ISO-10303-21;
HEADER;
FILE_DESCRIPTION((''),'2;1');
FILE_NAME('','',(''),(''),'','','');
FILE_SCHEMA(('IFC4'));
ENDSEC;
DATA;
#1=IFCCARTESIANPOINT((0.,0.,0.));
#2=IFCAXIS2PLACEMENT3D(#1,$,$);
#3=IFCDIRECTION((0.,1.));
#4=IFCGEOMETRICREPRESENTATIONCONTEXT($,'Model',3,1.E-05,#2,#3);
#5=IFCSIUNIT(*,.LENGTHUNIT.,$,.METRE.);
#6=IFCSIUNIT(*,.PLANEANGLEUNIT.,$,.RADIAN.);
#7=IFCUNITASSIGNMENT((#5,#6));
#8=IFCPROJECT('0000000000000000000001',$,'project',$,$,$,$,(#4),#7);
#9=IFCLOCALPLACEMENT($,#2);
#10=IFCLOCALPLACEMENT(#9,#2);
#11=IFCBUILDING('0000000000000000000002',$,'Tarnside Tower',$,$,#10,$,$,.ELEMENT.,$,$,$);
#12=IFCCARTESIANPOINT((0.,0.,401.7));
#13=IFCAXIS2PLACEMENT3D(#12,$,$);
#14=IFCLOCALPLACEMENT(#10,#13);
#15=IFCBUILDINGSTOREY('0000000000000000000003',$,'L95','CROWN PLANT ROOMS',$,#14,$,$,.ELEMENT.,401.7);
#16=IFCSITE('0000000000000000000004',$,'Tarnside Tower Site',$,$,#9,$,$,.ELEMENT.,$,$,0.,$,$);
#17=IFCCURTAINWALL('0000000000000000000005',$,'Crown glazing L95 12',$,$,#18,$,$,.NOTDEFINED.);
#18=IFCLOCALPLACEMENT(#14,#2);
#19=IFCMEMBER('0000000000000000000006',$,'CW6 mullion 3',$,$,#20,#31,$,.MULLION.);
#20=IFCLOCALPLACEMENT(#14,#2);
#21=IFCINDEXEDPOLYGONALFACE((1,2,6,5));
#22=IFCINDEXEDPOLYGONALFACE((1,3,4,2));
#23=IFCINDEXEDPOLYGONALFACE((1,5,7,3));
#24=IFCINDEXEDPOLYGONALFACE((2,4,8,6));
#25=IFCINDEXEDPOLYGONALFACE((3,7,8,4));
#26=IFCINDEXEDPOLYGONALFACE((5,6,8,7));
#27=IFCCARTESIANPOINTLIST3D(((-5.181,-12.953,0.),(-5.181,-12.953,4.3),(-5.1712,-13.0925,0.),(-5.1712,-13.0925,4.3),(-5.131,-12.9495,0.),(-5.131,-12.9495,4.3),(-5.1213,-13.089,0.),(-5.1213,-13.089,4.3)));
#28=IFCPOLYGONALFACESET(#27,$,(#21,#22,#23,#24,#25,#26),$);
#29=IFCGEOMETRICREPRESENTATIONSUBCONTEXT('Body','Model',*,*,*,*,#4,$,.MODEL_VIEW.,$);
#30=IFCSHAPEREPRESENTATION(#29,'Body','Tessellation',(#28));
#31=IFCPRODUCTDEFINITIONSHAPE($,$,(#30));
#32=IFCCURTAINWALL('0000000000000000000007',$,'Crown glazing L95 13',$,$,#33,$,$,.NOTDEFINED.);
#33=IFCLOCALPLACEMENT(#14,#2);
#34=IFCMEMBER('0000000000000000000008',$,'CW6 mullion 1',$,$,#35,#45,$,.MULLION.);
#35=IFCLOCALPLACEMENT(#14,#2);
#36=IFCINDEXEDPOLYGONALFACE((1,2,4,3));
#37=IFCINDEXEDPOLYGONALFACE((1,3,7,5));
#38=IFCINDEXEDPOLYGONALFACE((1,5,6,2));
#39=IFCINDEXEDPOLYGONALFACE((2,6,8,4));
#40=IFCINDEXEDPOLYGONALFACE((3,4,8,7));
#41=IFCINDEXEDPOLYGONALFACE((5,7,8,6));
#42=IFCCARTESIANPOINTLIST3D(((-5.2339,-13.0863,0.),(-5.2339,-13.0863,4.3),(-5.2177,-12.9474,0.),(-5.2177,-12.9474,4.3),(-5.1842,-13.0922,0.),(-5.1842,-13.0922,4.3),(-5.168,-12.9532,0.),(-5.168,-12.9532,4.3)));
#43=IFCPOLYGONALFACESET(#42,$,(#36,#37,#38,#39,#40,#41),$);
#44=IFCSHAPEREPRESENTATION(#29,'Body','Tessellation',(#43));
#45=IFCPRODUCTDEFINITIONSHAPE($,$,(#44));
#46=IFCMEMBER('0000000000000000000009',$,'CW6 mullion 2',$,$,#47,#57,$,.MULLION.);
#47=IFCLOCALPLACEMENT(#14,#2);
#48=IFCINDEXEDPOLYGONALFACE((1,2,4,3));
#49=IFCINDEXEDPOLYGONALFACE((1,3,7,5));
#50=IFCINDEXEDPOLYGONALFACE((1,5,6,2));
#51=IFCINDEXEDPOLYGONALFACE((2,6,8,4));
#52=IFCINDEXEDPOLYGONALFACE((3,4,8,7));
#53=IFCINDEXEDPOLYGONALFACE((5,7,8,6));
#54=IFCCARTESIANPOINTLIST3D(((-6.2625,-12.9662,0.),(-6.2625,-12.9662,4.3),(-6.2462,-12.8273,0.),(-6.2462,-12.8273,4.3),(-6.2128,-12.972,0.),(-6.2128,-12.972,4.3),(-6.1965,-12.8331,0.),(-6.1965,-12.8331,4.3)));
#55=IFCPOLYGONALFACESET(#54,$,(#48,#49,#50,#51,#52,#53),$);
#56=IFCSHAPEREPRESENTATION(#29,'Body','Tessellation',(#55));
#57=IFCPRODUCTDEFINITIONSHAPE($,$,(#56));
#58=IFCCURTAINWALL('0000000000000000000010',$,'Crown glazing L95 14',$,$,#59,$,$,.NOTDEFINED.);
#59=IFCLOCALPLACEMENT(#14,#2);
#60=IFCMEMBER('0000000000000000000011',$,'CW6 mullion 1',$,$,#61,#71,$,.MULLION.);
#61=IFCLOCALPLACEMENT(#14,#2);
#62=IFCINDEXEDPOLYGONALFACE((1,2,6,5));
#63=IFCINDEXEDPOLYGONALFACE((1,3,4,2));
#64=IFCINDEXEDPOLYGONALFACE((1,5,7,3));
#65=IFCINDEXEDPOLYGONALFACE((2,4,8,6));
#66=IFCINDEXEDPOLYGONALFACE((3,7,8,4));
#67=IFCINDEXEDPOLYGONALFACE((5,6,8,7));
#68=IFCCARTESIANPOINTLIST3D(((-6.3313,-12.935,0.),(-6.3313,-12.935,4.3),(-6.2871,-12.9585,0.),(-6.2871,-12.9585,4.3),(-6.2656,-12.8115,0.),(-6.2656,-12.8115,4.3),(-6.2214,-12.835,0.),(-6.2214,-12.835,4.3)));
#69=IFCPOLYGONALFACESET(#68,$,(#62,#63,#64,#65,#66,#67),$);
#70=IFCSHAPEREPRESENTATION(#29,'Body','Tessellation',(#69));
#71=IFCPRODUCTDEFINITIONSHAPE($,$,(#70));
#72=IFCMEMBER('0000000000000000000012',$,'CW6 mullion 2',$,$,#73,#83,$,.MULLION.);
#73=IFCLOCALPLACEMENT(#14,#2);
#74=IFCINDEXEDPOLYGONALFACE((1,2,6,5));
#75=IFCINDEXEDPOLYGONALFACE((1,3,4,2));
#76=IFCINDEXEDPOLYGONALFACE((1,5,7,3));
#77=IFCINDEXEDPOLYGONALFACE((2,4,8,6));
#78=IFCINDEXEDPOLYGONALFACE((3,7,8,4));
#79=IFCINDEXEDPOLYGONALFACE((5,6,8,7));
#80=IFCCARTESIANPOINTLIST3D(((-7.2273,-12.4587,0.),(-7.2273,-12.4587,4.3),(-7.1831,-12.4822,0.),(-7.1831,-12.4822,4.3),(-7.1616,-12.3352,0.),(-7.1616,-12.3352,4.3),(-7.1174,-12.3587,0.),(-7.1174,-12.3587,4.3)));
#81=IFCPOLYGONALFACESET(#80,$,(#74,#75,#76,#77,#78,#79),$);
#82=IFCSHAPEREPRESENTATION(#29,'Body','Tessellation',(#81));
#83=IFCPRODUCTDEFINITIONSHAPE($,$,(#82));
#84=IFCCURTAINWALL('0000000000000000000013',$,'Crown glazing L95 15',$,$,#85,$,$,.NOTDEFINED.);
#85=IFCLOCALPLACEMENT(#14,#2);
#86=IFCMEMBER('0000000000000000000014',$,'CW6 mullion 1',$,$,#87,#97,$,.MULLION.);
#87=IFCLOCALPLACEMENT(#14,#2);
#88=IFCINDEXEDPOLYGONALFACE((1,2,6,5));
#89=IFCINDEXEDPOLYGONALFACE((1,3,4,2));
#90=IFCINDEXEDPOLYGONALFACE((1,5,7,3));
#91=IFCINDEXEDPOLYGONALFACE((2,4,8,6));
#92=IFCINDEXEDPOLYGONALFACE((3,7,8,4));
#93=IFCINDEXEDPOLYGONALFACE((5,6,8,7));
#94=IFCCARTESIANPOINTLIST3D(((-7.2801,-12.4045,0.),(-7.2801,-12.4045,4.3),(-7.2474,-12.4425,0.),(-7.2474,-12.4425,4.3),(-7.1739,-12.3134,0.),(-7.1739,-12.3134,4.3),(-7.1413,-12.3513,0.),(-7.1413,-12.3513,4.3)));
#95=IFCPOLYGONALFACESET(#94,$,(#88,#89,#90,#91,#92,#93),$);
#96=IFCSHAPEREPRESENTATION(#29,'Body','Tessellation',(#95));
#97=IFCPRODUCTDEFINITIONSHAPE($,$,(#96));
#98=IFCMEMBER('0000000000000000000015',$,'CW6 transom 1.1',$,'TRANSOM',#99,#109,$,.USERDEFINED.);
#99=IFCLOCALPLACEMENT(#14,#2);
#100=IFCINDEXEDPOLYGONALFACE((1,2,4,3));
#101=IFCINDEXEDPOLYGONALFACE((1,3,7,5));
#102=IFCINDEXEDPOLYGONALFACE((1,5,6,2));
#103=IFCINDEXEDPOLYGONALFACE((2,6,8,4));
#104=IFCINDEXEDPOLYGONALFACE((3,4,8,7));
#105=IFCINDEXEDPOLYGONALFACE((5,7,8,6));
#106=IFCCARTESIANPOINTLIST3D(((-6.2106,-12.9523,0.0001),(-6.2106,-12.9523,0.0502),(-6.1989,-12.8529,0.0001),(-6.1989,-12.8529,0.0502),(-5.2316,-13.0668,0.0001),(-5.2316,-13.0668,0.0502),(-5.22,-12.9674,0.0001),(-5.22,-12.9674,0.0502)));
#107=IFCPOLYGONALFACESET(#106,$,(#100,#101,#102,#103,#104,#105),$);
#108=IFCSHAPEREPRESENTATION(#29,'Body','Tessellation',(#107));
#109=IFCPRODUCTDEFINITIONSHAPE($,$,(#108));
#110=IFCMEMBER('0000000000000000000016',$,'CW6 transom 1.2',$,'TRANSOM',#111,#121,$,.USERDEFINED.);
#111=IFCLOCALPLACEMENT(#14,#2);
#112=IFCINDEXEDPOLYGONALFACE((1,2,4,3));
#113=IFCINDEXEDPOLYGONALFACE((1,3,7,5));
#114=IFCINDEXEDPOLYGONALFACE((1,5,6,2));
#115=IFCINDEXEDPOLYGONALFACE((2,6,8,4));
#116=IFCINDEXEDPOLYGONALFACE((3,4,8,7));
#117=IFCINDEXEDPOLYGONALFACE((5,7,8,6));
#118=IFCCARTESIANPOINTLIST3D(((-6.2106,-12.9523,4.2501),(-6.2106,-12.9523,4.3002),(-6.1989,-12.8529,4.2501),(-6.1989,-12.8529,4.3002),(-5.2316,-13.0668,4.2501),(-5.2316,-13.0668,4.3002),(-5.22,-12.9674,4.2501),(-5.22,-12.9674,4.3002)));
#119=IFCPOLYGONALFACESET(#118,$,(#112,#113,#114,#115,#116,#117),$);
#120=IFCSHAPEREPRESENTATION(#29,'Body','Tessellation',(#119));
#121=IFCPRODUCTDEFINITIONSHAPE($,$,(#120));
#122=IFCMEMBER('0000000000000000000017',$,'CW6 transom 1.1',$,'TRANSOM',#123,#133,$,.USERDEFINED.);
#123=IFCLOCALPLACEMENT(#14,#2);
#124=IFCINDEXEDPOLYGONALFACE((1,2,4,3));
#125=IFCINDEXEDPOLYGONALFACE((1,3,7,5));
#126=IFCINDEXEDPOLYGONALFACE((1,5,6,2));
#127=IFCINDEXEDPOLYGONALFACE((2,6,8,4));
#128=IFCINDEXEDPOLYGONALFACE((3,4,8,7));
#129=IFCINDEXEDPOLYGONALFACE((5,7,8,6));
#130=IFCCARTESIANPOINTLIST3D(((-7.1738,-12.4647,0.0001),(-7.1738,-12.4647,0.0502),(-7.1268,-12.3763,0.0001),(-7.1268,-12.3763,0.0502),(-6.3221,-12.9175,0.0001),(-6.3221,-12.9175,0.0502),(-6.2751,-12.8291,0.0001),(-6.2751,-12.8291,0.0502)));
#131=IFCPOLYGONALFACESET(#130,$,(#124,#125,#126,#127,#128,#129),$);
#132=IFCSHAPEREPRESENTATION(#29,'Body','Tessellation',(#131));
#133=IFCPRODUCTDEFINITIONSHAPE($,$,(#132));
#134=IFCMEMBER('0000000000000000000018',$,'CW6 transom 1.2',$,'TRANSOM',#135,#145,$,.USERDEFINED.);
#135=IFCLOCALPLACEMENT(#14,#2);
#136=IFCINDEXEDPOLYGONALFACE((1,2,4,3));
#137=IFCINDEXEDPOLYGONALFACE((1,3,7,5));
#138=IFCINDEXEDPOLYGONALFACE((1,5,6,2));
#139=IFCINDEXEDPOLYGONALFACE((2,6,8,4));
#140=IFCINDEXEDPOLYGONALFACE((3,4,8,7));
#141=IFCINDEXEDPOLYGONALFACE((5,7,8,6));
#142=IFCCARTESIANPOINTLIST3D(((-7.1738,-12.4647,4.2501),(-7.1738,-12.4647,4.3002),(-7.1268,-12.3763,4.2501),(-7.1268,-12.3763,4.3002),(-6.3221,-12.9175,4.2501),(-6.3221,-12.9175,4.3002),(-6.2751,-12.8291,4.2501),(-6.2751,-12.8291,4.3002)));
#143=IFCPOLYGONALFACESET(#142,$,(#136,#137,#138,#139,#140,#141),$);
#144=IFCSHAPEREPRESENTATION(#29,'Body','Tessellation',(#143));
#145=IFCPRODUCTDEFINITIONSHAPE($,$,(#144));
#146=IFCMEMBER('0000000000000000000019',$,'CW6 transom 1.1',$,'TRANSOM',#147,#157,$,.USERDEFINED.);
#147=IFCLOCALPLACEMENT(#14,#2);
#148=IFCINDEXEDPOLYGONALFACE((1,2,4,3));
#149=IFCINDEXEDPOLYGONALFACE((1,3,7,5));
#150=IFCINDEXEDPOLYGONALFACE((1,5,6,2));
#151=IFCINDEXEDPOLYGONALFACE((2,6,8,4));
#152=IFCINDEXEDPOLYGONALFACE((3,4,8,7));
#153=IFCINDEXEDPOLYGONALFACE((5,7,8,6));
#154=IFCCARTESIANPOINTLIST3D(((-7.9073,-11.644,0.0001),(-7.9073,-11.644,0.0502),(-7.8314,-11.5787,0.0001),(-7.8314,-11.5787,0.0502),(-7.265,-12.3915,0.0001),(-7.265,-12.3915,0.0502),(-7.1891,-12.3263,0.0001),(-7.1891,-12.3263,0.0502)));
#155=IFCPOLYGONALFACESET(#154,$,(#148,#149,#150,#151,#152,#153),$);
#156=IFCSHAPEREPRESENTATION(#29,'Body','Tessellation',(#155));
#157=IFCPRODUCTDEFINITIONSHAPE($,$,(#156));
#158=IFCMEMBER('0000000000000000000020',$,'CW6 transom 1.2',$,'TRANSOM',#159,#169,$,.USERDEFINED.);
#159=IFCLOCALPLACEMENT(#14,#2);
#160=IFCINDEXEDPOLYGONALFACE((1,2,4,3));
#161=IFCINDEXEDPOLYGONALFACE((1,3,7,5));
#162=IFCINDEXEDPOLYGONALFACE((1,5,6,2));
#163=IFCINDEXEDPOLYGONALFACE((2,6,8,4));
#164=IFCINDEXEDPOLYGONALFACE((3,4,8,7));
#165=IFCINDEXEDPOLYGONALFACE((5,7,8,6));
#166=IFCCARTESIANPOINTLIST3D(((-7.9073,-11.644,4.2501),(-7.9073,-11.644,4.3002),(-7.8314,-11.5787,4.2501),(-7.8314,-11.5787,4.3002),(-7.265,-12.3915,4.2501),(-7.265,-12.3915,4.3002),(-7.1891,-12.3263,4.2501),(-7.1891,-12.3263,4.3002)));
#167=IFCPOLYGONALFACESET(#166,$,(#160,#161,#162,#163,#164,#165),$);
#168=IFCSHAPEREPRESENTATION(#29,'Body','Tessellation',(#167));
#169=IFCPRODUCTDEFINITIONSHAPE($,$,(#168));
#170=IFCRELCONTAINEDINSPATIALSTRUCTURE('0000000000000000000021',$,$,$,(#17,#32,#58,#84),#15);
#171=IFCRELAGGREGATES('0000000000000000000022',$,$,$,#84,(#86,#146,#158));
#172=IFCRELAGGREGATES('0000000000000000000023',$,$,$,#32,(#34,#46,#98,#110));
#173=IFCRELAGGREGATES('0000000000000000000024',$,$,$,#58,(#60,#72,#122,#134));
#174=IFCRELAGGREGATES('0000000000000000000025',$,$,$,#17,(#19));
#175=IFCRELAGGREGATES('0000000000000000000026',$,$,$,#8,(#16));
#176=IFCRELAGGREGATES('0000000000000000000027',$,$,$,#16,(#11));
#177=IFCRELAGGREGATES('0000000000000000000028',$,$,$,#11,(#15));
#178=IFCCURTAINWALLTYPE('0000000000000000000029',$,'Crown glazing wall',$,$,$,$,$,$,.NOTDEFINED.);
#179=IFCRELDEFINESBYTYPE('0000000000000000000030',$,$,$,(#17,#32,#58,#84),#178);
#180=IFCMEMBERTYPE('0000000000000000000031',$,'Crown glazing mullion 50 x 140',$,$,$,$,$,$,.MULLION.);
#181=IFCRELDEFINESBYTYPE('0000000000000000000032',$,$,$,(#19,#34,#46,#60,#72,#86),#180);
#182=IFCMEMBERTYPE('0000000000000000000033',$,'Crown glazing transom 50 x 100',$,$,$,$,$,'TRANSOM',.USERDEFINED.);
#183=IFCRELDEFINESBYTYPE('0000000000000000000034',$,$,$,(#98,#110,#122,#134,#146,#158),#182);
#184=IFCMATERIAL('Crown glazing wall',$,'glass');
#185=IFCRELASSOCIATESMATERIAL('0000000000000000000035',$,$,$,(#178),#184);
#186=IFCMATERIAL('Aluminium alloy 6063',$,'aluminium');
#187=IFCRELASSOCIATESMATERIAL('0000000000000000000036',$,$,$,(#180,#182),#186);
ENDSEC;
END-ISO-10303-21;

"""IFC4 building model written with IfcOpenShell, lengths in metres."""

from ifc_helpers import new_model, si_unit, direction, frame, origin, origin_2d, place, context, subcontext, project, spatial, rectangle, extrude, material, material_profile, profile_set, type_object, element, aggregate, save


model = new_model("IFC4")

# Units and contexts
model_context = context("Model", 3, precision=1e-05, world=origin(), true_north=direction((0.0, 1.0)))
body_context = subcontext(model_context, "Body", "Model", "MODEL_VIEW")
ifc_project = project(units=[si_unit("LENGTHUNIT", "METRE"), si_unit("PLANEANGLEUNIT", "RADIAN")], contexts=[model_context])

# Site, building, storey
site_placement = place(None, origin())
site = spatial("IfcSite", under=ifc_project, at=site_placement, Name="Tarnside Tower Site", CompositionType="ELEMENT", RefElevation=0.0)
building_placement = place(site_placement, origin())
building = spatial("IfcBuilding", under=site, at=building_placement, Name="Tarnside Tower", CompositionType="ELEMENT")
storey_placement = place(building_placement, frame((0.0, 0.0, 401.7)))
storey = spatial("IfcBuildingStorey", under=building, at=storey_placement, Name="L95", Description="CROWN PLANT ROOMS", CompositionType="ELEMENT", Elevation=401.7)

# Curtain wall, member
ifc_material_1 = material(Name="Crown glazing wall", Category="glass")
curtain_wall_type = type_object("IfcCurtainWallType", Name="Crown glazing wall", PredefinedType="NOTDEFINED", material=ifc_material_1)
curtain_wall_1_placement = place(storey_placement, origin())
curtain_wall_1 = element("IfcCurtainWall", 1, at=curtain_wall_1_placement, inside=storey, type_object=curtain_wall_type, Name="Crown glazing L95 12", PredefinedType="NOTDEFINED")
ifc_material_2 = material(Name="Aluminium alloy 6063", Category="aluminium")
ifc_material_profile_1 = material_profile(ifc_material_2, rectangle(XDim=0.1399, YDim=0.05, at=origin_2d()), Name="Crown glazing mullion 50 x 140")
ifc_profile_set_1 = profile_set([ifc_material_profile_1], Name="Aluminium alloy 6063")
member_type_1 = type_object("IfcMemberType", Name="Crown glazing mullion 50 x 140", PredefinedType="MULLION", material=ifc_profile_set_1)
member_1_placement = place(storey_placement, frame((-5.1511, -13.021, 0.0), z_axis=(0.0, 0.0, 1.0), x_axis=(0.069756, -0.997564, 0.0)))
member_1 = element("IfcMember", 2, at=member_1_placement, type_object=member_type_1, Name="CW6 mullion 3", PredefinedType="MULLION", context=body_context, shape_type="SweptSolid", body=[
    extrude(rectangle(XDim=0.1399, YDim=0.05, at=origin_2d()), origin(), (0.0, 0.0, 1.0), 4.3),
])

# Curtain walls, members
curtain_wall_2_placement = place(storey_placement, origin())
curtain_wall_2 = element("IfcCurtainWall", 3, at=curtain_wall_2_placement, inside=storey, type_object=curtain_wall_type, Name="Crown glazing L95 13", PredefinedType="NOTDEFINED")
member_2_placement = place(storey_placement, frame((-5.2009, -13.0198, 0.0), z_axis=(0.0, 0.0, 1.0), x_axis=(-0.116093, -0.993238, 0.0)))
member_2 = element("IfcMember", 4, at=member_2_placement, type_object=member_type_1, Name="CW6 mullion 1", PredefinedType="MULLION", context=body_context, shape_type="SweptSolid", body=[
    extrude(rectangle(XDim=0.1399, YDim=0.05, at=origin_2d()), origin(), (0.0, 0.0, 1.0), 4.3),
])
member_3_placement = place(storey_placement, frame((-6.2295, -12.8997, 0.0), z_axis=(0.0, 0.0, 1.0), x_axis=(-0.116093, -0.993238, 0.0)))
member_3 = element("IfcMember", 5, at=member_3_placement, type_object=member_type_1, Name="CW6 mullion 2", PredefinedType="MULLION", context=body_context, shape_type="SweptSolid", body=[
    extrude(rectangle(XDim=0.1399, YDim=0.05, at=origin_2d()), origin(), (0.0, 0.0, 1.0), 4.3),
])
curtain_wall_3_placement = place(storey_placement, origin())
curtain_wall_3 = element("IfcCurtainWall", 6, at=curtain_wall_3_placement, inside=storey, type_object=curtain_wall_type, Name="Crown glazing L95 14", PredefinedType="NOTDEFINED")
member_4_placement = place(storey_placement, frame((-6.2764, -12.885, 0.0), z_axis=(0.0, 0.0, 1.0), x_axis=(-0.469472, -0.882948, 0.0)))
member_4 = element("IfcMember", 7, at=member_4_placement, type_object=member_type_1, Name="CW6 mullion 1", PredefinedType="MULLION", context=body_context, shape_type="SweptSolid", body=[
    extrude(rectangle(XDim=0.1399, YDim=0.05, at=origin_2d()), origin(), (0.0, 0.0, 1.0), 4.3),
])
member_5_placement = place(storey_placement, frame((-7.1724, -12.4087, 0.0), z_axis=(0.0, 0.0, 1.0), x_axis=(-0.469472, -0.882948, 0.0)))
member_5 = element("IfcMember", 8, at=member_5_placement, type_object=member_type_1, Name="CW6 mullion 2", PredefinedType="MULLION", context=body_context, shape_type="SweptSolid", body=[
    extrude(rectangle(XDim=0.1399, YDim=0.05, at=origin_2d()), origin(), (0.0, 0.0, 1.0), 4.3),
])

# Curtain wall, member
curtain_wall_4_placement = place(storey_placement, origin())
curtain_wall_4 = element("IfcCurtainWall", 9, at=curtain_wall_4_placement, inside=storey, type_object=curtain_wall_type, Name="Crown glazing L95 15", PredefinedType="NOTDEFINED")
member_6_placement = place(storey_placement, frame((-7.2107, -12.3779, 0.0), z_axis=(0.0, 0.0, 1.0), x_axis=(-0.758514, -0.651657, 0.0)))
member_6 = element("IfcMember", 10, at=member_6_placement, type_object=member_type_1, Name="CW6 mullion 1", PredefinedType="MULLION", context=body_context, shape_type="SweptSolid", body=[
    extrude(rectangle(XDim=0.1399, YDim=0.05, at=origin_2d()), origin(), (0.0, 0.0, 1.0), 4.3),
])

# Members
ifc_material_profile_2 = material_profile(ifc_material_2, rectangle(XDim=0.1001, YDim=0.05, at=origin_2d()), Name="Crown glazing transom 50 x 100")
ifc_profile_set_2 = profile_set([ifc_material_profile_2], Name="Aluminium alloy 6063")
member_type_2 = type_object("IfcMemberType", Name="Crown glazing transom 50 x 100", ElementType="TRANSOM", PredefinedType="USERDEFINED", material=ifc_profile_set_2)
member_7_placement = place(storey_placement, frame((-5.2258, -13.0171, 0.0251), z_axis=(-0.99323, 0.116166, 0.0), x_axis=(-0.116166, -0.99323, 0.0)))
member_7 = element("IfcMember", 11, at=member_7_placement, type_object=member_type_2, Name="CW6 transom 1.1", ObjectType="TRANSOM", PredefinedType="USERDEFINED", context=body_context, shape_type="SweptSolid", body=[
    extrude(rectangle(XDim=0.1001, YDim=0.05, at=origin_2d()), origin(), (0.0, 0.0, 1.0), 0.9856),
])
member_8_placement = place(storey_placement, frame((-5.2258, -13.0171, 4.2751), z_axis=(-0.99323, 0.116166, 0.0), x_axis=(-0.116166, -0.99323, 0.0)))
member_8 = element("IfcMember", 12, at=member_8_placement, type_object=member_type_2, Name="CW6 transom 1.2", ObjectType="TRANSOM", PredefinedType="USERDEFINED", context=body_context, shape_type="SweptSolid", body=[
    extrude(rectangle(XDim=0.1001, YDim=0.05, at=origin_2d()), origin(), (0.0, 0.0, 1.0), 0.9856),
])
member_9_placement = place(storey_placement, frame((-6.2986, -12.8733, 0.0251), z_axis=(-0.882962, 0.469445, 0.0), x_axis=(-0.469445, -0.882962, 0.0)))
member_9 = element("IfcMember", 13, at=member_9_placement, type_object=member_type_2, Name="CW6 transom 1.1", ObjectType="TRANSOM", PredefinedType="USERDEFINED", context=body_context, shape_type="SweptSolid", body=[
    extrude(rectangle(XDim=0.1001, YDim=0.05, at=origin_2d()), origin(), (0.0, 0.0, 1.0), 0.9646),
])
member_10_placement = place(storey_placement, frame((-6.2986, -12.8733, 4.2751), z_axis=(-0.882962, 0.469445, 0.0), x_axis=(-0.469445, -0.882962, 0.0)))
member_10 = element("IfcMember", 14, at=member_10_placement, type_object=member_type_2, Name="CW6 transom 1.2", ObjectType="TRANSOM", PredefinedType="USERDEFINED", context=body_context, shape_type="SweptSolid", body=[
    extrude(rectangle(XDim=0.1001, YDim=0.05, at=origin_2d()), origin(), (0.0, 0.0, 1.0), 0.9646),
])
member_11_placement = place(storey_placement, frame((-7.2271, -12.3589, 0.0251), z_axis=(-0.651709, 0.758469, 0.0), x_axis=(-0.758469, -0.651709, 0.0)))
member_11 = element("IfcMember", 15, at=member_11_placement, type_object=member_type_2, Name="CW6 transom 1.1", ObjectType="TRANSOM", PredefinedType="USERDEFINED", context=body_context, shape_type="SweptSolid", body=[
    extrude(rectangle(XDim=0.1001, YDim=0.05, at=origin_2d()), origin(), (0.0, 0.0, 1.0), 0.9856),
])
member_12_placement = place(storey_placement, frame((-7.2271, -12.3589, 4.2751), z_axis=(-0.651709, 0.758469, 0.0), x_axis=(-0.758469, -0.651709, 0.0)))
member_12 = element("IfcMember", 16, at=member_12_placement, type_object=member_type_2, Name="CW6 transom 1.2", ObjectType="TRANSOM", PredefinedType="USERDEFINED", context=body_context, shape_type="SweptSolid", body=[
    extrude(rectangle(XDim=0.1001, YDim=0.05, at=origin_2d()), origin(), (0.0, 0.0, 1.0), 0.9856),
])
aggregate(curtain_wall_4, [member_6, member_11, member_12])

aggregate(curtain_wall_2, [member_2, member_3, member_7, member_8])
aggregate(curtain_wall_3, [member_4, member_5, member_9, member_10])
aggregate(curtain_wall_1, [member_1])

save(model, "model.ifc")
